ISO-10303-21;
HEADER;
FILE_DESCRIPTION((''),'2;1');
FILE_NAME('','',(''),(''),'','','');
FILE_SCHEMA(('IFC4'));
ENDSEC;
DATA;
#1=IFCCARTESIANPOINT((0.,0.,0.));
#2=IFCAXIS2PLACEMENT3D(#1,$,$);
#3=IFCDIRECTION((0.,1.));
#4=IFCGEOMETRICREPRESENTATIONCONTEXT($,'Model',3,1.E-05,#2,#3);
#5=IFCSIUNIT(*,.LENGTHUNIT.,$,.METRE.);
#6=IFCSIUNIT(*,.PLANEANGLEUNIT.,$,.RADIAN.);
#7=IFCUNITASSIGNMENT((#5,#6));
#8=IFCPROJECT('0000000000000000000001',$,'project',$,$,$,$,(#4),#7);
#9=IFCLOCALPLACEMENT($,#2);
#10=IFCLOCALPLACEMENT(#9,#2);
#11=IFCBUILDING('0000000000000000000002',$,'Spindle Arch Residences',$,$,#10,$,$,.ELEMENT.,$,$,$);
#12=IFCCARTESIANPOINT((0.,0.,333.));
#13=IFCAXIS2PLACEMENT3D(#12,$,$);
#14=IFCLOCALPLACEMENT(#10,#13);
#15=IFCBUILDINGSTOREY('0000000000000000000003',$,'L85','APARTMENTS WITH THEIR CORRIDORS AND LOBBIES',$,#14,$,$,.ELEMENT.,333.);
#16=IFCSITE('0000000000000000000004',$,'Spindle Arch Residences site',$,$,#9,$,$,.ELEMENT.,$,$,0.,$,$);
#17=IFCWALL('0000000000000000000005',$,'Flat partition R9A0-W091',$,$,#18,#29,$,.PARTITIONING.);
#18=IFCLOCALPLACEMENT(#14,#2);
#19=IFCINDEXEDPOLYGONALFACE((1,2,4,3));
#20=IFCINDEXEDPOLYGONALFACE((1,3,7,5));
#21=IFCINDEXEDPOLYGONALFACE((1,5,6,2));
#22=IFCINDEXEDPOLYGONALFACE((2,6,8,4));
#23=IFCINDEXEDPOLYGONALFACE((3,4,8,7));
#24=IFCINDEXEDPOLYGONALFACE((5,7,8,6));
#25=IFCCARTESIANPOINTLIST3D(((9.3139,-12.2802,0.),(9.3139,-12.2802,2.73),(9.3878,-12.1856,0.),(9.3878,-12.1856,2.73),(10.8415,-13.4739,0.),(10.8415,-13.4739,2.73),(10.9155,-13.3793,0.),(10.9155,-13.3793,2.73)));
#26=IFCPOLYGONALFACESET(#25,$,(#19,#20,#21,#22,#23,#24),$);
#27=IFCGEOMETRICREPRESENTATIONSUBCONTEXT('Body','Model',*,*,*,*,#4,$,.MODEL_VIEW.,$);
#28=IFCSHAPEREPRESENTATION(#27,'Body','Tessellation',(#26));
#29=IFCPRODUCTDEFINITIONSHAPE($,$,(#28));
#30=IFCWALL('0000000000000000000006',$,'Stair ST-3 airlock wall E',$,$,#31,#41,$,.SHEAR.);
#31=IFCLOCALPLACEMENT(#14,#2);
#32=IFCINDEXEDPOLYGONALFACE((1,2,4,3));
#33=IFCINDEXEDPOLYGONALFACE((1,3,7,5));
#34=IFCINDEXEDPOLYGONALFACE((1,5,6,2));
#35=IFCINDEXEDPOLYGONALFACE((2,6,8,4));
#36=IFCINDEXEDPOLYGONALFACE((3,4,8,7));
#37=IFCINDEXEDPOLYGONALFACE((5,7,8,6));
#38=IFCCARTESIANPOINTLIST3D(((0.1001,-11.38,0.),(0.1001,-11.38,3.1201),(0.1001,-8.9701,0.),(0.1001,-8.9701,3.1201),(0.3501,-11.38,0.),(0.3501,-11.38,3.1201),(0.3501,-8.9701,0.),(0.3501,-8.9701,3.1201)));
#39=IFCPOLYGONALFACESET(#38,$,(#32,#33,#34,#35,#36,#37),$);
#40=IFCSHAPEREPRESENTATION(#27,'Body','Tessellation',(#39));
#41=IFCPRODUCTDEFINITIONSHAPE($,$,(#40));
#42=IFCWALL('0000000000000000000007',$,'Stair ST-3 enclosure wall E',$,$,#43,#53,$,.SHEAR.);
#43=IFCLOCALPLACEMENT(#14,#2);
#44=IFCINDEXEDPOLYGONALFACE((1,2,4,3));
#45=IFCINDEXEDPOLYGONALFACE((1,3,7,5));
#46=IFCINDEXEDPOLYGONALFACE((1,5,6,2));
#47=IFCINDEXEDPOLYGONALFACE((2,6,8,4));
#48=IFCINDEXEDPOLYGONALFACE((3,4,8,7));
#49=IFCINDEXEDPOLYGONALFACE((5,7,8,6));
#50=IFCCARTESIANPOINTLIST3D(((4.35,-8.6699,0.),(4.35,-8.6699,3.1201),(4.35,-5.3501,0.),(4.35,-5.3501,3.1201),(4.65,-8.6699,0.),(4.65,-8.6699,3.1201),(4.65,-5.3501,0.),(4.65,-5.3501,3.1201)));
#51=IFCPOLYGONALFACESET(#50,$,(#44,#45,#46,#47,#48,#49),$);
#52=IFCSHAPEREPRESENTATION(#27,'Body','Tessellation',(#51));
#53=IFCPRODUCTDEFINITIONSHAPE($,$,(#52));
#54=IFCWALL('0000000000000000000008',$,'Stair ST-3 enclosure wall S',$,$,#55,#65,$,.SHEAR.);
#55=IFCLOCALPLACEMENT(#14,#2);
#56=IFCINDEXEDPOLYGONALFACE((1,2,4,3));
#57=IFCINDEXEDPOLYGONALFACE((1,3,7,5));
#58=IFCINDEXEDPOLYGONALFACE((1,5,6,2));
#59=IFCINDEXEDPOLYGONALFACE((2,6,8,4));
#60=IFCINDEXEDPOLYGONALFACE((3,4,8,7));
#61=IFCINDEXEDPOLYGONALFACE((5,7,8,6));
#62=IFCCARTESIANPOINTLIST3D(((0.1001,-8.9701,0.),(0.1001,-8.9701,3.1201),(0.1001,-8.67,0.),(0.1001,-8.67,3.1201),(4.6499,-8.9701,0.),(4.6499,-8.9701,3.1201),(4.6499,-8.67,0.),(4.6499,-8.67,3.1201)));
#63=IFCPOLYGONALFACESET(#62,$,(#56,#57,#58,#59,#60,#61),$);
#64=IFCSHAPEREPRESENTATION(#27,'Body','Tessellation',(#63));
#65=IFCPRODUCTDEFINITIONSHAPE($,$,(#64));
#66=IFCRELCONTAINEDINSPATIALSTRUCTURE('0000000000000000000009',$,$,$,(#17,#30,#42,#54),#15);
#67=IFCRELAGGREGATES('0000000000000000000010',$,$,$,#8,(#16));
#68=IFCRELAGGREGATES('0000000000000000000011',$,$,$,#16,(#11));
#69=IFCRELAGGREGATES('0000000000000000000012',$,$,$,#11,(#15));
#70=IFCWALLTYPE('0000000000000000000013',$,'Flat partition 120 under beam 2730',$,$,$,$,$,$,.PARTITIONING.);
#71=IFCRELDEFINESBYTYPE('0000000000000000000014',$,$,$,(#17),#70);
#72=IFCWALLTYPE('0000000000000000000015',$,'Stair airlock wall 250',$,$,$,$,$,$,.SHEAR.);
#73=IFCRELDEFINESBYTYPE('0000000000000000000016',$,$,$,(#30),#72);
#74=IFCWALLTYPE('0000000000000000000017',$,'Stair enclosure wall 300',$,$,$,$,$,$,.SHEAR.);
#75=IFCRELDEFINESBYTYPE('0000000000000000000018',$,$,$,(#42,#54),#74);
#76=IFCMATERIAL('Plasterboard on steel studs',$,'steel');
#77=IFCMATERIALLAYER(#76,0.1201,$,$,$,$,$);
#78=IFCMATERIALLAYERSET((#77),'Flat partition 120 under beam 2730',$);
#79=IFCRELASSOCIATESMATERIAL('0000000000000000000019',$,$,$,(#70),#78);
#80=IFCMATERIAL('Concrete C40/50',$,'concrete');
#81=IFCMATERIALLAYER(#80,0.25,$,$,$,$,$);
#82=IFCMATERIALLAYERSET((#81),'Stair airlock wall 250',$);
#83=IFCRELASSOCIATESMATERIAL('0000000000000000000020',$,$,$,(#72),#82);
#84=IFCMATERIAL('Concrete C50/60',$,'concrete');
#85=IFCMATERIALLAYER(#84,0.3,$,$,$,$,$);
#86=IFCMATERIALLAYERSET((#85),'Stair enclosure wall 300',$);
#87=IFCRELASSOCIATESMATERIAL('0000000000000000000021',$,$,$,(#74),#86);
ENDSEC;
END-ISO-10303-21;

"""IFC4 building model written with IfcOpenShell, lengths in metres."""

from ifc_helpers import new_model, si_unit, direction, frame, frame_2d, origin, place, context, subcontext, project, spatial, rectangle, extrude, material, layer, layer_set, type_object, element, save


model = new_model("IFC4")

# Units and contexts
model_context = context("Model", 3, precision=1e-05, world=origin(), true_north=direction((0.0, 1.0)))
body_context = subcontext(model_context, "Body", "Model", "MODEL_VIEW")
ifc_project = project(units=[si_unit("LENGTHUNIT", "METRE"), si_unit("PLANEANGLEUNIT", "RADIAN")], contexts=[model_context])

# Site, building, storey
site_placement = place(None, origin())
site = spatial("IfcSite", under=ifc_project, at=site_placement, Name="Spindle Arch Residences site", CompositionType="ELEMENT", RefElevation=0.0)
building_placement = place(site_placement, origin())
building = spatial("IfcBuilding", under=site, at=building_placement, Name="Spindle Arch Residences", CompositionType="ELEMENT")
storey_placement = place(building_placement, frame((0.0, 0.0, 333.0)))
storey = spatial("IfcBuildingStorey", under=building, at=storey_placement, Name="L85", Description="APARTMENTS WITH THEIR CORRIDORS AND LOBBIES", CompositionType="ELEMENT", Elevation=333.0)

# Walls
ifc_material_1 = material(Name="Plasterboard on steel studs", Category="steel")
ifc_layer_1 = layer(ifc_material_1, 0.1201)
ifc_layer_set_1 = layer_set([ifc_layer_1], Name="Flat partition 120 under beam 2730")
wall_type_1 = type_object("IfcWallType", Name="Flat partition 120 under beam 2730", PredefinedType="PARTITIONING", material=ifc_layer_set_1)
wall_1_placement = place(storey_placement, frame((10.8784, -13.4265, 0.0), z_axis=(0.0, 0.0, 1.0), x_axis=(-0.78798, 0.6157, 0.0)))
element("IfcWall", 1, at=wall_1_placement, inside=storey, type_object=wall_type_1, Name="Flat partition R9A0-W091", PredefinedType="PARTITIONING", context=body_context, shape_type="SweptSolid", body=[
    extrude(rectangle(XDim=1.9387, YDim=0.1201, at=frame_2d((0.9692, 0.0))), origin(), (0.0, 0.0, 1.0), 2.73),
])
ifc_material_2 = material(Name="Concrete C40/50", Category="concrete")
ifc_layer_2 = layer(ifc_material_2, 0.25)
ifc_layer_set_2 = layer_set([ifc_layer_2], Name="Stair airlock wall 250")
wall_type_2 = type_object("IfcWallType", Name="Stair airlock wall 250", PredefinedType="SHEAR", material=ifc_layer_set_2)
wall_2_placement = place(storey_placement, frame((0.2251, -8.97, 0.0), z_axis=(0.0, 0.0, 1.0), x_axis=(0.0, -1.0, 0.0)))
element("IfcWall", 2, at=wall_2_placement, inside=storey, type_object=wall_type_2, Name="Stair ST-3 airlock wall E", PredefinedType="SHEAR", context=body_context, shape_type="SweptSolid", body=[
    extrude(rectangle(XDim=2.4099, YDim=0.25, at=frame_2d((1.2051, 0.0))), origin(), (0.0, 0.0, 1.0), 3.1201),
])
ifc_material_3 = material(Name="Concrete C50/60", Category="concrete")
ifc_layer_3 = layer(ifc_material_3, 0.3)
ifc_layer_set_3 = layer_set([ifc_layer_3], Name="Stair enclosure wall 300")
wall_type_3 = type_object("IfcWallType", Name="Stair enclosure wall 300", PredefinedType="SHEAR", material=ifc_layer_set_3)
wall_3_placement = place(storey_placement, frame((4.5, -8.6699, 0.0), z_axis=(0.0, 0.0, 1.0), x_axis=(0.0, 1.0, 0.0)))
element("IfcWall", 3, at=wall_3_placement, inside=storey, type_object=wall_type_3, Name="Stair ST-3 enclosure wall E", PredefinedType="SHEAR", context=body_context, shape_type="SweptSolid", body=[
    extrude(rectangle(XDim=3.3198, YDim=0.3, at=frame_2d((1.6599, 0.0))), origin(), (0.0, 0.0, 1.0), 3.1201),
])
wall_4_placement = place(storey_placement, frame((0.1001, -8.8201, 0.0), z_axis=(0.0, 0.0, 1.0), x_axis=(1.0, 0.0, 0.0)))
element("IfcWall", 4, at=wall_4_placement, inside=storey, type_object=wall_type_3, Name="Stair ST-3 enclosure wall S", PredefinedType="SHEAR", context=body_context, shape_type="SweptSolid", body=[
    extrude(rectangle(XDim=4.5498, YDim=0.3, at=frame_2d((2.2749, 0.0))), origin(), (0.0, 0.0, 1.0), 3.1201),
])

save(model, "model.ifc")
